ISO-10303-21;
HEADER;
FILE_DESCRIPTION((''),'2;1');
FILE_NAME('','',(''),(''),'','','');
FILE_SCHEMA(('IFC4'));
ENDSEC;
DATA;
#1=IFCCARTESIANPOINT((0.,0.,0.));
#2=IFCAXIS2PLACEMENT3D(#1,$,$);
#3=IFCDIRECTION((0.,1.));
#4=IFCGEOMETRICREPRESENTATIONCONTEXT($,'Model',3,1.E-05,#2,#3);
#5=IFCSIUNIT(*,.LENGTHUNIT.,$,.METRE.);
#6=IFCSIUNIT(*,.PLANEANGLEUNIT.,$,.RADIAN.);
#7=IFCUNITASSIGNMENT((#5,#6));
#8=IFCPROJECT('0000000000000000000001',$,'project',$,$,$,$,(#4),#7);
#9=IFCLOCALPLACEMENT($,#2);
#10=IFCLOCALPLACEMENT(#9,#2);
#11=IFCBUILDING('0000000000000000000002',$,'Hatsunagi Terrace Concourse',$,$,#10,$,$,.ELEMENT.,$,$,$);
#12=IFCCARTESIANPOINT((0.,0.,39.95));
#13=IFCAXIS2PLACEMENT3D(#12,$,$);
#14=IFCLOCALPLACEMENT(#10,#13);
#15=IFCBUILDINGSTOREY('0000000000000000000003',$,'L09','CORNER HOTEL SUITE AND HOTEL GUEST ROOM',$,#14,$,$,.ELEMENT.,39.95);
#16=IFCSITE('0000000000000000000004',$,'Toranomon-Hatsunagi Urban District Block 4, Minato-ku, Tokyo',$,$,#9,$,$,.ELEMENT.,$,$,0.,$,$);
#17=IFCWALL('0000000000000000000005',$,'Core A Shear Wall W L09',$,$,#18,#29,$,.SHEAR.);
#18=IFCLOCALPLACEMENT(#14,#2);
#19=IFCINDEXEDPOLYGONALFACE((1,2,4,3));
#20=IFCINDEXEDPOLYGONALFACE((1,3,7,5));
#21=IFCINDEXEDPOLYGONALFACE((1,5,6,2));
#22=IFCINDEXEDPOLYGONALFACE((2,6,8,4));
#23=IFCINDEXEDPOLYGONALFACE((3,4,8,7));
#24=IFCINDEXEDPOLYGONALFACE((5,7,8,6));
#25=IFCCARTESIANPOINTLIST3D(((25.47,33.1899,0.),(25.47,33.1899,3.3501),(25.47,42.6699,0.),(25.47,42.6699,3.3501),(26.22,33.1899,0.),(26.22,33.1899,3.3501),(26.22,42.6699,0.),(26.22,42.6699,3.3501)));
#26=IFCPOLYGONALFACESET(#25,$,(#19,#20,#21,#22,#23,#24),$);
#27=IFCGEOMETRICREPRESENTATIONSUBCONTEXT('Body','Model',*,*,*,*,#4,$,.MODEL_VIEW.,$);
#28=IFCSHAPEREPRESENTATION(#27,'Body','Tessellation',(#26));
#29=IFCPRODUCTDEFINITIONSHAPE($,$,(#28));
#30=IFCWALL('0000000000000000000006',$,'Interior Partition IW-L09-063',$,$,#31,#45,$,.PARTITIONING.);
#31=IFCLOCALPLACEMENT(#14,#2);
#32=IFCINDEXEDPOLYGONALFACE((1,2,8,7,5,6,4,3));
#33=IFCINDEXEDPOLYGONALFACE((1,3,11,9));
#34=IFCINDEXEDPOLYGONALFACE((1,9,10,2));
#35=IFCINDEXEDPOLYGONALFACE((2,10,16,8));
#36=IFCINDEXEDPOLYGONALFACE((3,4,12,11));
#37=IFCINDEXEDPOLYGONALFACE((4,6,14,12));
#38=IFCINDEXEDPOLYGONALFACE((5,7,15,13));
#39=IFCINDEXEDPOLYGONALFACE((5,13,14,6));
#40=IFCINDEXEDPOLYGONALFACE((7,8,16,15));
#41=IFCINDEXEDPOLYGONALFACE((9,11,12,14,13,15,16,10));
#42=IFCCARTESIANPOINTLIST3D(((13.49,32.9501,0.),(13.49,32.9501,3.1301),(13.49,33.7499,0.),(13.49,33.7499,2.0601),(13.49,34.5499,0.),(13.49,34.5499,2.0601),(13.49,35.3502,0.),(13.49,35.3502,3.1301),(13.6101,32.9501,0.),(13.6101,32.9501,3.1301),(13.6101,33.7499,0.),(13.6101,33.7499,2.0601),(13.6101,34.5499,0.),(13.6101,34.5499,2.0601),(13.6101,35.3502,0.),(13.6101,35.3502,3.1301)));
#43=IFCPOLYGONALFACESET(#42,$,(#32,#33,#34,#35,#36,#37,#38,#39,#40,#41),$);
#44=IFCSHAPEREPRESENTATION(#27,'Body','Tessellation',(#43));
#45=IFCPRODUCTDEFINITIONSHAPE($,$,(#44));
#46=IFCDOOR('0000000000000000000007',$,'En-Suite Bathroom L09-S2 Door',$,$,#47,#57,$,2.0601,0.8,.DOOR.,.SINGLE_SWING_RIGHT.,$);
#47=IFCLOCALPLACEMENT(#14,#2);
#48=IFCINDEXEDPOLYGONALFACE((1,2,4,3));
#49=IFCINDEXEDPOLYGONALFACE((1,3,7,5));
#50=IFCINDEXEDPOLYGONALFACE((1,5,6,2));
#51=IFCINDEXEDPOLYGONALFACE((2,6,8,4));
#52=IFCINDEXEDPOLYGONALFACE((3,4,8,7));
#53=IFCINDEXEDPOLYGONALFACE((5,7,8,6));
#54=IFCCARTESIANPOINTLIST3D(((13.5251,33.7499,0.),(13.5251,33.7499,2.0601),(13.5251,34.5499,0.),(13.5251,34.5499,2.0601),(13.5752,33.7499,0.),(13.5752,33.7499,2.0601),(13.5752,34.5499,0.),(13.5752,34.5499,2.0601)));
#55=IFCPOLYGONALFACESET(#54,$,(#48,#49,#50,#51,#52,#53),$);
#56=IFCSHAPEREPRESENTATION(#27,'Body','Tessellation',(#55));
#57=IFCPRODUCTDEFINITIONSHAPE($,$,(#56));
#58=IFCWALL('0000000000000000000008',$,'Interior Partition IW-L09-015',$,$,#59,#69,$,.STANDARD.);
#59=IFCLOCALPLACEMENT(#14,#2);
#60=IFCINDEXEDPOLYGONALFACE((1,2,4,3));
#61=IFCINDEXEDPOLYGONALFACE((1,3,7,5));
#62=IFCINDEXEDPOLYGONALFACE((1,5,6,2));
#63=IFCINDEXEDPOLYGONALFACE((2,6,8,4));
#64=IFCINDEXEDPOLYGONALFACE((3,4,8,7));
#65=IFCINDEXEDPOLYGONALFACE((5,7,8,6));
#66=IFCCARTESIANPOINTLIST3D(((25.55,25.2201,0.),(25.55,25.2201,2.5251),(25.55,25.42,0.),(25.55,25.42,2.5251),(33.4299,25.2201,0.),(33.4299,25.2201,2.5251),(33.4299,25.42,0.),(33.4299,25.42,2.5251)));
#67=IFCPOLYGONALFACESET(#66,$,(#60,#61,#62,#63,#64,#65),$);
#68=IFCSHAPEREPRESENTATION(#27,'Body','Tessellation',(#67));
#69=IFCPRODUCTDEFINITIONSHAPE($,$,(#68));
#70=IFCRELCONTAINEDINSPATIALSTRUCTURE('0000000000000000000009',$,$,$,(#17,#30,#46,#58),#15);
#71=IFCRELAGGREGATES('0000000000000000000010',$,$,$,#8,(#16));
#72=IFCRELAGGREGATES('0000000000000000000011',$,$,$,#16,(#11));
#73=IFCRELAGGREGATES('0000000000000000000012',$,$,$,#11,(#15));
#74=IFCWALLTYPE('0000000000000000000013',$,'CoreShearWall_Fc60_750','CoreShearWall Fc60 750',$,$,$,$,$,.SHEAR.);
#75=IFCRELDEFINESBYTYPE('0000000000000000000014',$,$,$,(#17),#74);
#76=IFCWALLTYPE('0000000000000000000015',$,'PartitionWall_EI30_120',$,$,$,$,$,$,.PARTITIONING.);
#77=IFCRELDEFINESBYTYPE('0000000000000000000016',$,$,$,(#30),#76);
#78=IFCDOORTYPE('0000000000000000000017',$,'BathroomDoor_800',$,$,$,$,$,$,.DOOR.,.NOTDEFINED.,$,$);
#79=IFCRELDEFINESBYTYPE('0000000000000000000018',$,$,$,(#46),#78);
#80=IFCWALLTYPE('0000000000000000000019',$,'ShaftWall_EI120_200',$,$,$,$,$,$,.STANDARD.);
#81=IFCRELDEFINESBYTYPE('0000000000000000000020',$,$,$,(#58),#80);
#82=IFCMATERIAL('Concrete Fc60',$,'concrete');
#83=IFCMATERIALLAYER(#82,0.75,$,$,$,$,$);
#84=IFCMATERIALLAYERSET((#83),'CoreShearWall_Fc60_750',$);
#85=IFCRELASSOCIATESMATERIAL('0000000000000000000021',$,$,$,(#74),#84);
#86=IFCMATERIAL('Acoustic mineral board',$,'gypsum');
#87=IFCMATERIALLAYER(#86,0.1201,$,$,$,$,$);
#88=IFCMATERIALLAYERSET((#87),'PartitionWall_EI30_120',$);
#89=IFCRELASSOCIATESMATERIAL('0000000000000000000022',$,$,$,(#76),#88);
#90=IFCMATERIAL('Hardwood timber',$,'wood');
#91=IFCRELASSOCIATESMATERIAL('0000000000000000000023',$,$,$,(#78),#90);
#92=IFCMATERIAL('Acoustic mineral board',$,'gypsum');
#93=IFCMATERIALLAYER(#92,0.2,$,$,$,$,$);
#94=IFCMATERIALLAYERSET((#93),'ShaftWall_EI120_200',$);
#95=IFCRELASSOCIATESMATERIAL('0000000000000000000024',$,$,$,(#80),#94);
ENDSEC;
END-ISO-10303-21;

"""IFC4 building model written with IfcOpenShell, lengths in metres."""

from ifc_helpers import new_model, si_unit, direction, frame, frame_2d, origin, place, context, subcontext, project, spatial, rectangle, extrude, material, layer, layer_set, type_object, element, fill, save


model = new_model("IFC4")

# Units and contexts
model_context = context("Model", 3, precision=1e-05, world=origin(), true_north=direction((0.0, 1.0)))
body_context = subcontext(model_context, "Body", "Model", "MODEL_VIEW")
ifc_project = project(units=[si_unit("LENGTHUNIT", "METRE"), si_unit("PLANEANGLEUNIT", "RADIAN")], contexts=[model_context])

# Site, building, storey
site_placement = place(None, origin())
site = spatial("IfcSite", under=ifc_project, at=site_placement, Name="Toranomon-Hatsunagi Urban District Block 4, Minato-ku, Tokyo", CompositionType="ELEMENT", RefElevation=0.0)
building_placement = place(site_placement, origin())
building = spatial("IfcBuilding", under=site, at=building_placement, Name="Hatsunagi Terrace Concourse", CompositionType="ELEMENT")
storey_placement = place(building_placement, frame((0.0, 0.0, 39.95)))
storey = spatial("IfcBuildingStorey", under=building, at=storey_placement, Name="L09", Description="CORNER HOTEL SUITE AND HOTEL GUEST ROOM", CompositionType="ELEMENT", Elevation=39.95)

# Shared definitions
ifc_material_1 = material(Name="Concrete Fc60", Category="concrete")
ifc_layer_1 = layer(ifc_material_1, 0.75)
ifc_layer_set_1 = layer_set([ifc_layer_1], Name="CoreShearWall_Fc60_750")
wall_type_1 = type_object("IfcWallType", Name="CoreShearWall_Fc60_750", Description="CoreShearWall Fc60 750", PredefinedType="SHEAR", material=ifc_layer_set_1)

# Wall
wall_1_placement = place(storey_placement, frame((25.845, 33.1899, 0.0), z_axis=(0.0, 0.0, 1.0), x_axis=(0.0, 1.0, 0.0)))
element("IfcWall", 1, at=wall_1_placement, inside=storey, type_object=wall_type_1, Name="Core A Shear Wall W L09", PredefinedType="SHEAR", context=body_context, shape_type="SweptSolid", body=[
    extrude(rectangle(XDim=9.48, YDim=0.75, at=frame_2d((4.74, 0.0))), origin(), (0.0, 0.0, 1.0), 3.3501),
])

# Wall, opening, door
ifc_material_2 = material(Name="Acoustic mineral board", Category="gypsum")
ifc_layer_2 = layer(ifc_material_2, 0.1201)
ifc_layer_set_2 = layer_set([ifc_layer_2], Name="PartitionWall_EI30_120")
wall_type_2 = type_object("IfcWallType", Name="PartitionWall_EI30_120", PredefinedType="PARTITIONING", material=ifc_layer_set_2)
wall_2_placement = place(storey_placement, frame((13.55, 32.95, 0.0), z_axis=(0.0, 0.0, 1.0), x_axis=(0.0, 1.0, 0.0)))
wall_2 = element("IfcWall", 2, at=wall_2_placement, inside=storey, type_object=wall_type_2, Name="Interior Partition IW-L09-063", PredefinedType="PARTITIONING", context=body_context, shape_type="SweptSolid", body=[
    extrude(rectangle(XDim=2.4001, YDim=0.1201, at=frame_2d((1.2002, 0.0))), origin(), (0.0, 0.0, 1.0), 3.1301),
])
opening_1_placement = place(wall_2_placement, frame((0.8, 0.0, 0.0)))
opening_1 = element("IfcOpeningElement", 3, at=opening_1_placement, cuts=wall_2, PredefinedType="OPENING", context=body_context, shape_type="SweptSolid", body=[
    extrude(rectangle(XDim=0.8, YDim=2.0601, at=frame_2d((0.3999, 1.03))), frame((0.0, 0.0701, 0.0), z_axis=(0.0, -1.0, 0.0), x_axis=(1.0, 0.0, 0.0)), (0.0, 0.0, 1.0), 0.1401),
])
ifc_material_3 = material(Name="Hardwood timber", Category="wood")
door_type_1 = type_object("IfcDoorType", Name="BathroomDoor_800", OperationType="NOTDEFINED", PredefinedType="DOOR", material=ifc_material_3)
door_1_placement = place(opening_1_placement, origin())
door_1 = element("IfcDoor", 4, at=door_1_placement, inside=storey, type_object=door_type_1, Name="En-Suite Bathroom L09-S2 Door", OperationType="SINGLE_SWING_RIGHT", OverallHeight=2.0601, OverallWidth=0.8, PredefinedType="DOOR", context=body_context, shape_type="SweptSolid", body=[
    extrude(rectangle(XDim=0.8, YDim=2.0601, at=frame_2d((0.3999, 1.03))), frame((0.0, 0.0249, 0.0), z_axis=(0.0, -1.0, 0.0), x_axis=(1.0, 0.0, 0.0)), (0.0, 0.0, 1.0), 0.05),
])
fill(opening_1, door_1)

# Wall
ifc_material_4 = material(Name="Acoustic mineral board", Category="gypsum")
ifc_layer_3 = layer(ifc_material_4, 0.2)
ifc_layer_set_3 = layer_set([ifc_layer_3], Name="ShaftWall_EI120_200")
wall_type_3 = type_object("IfcWallType", Name="ShaftWall_EI120_200", PredefinedType="STANDARD", material=ifc_layer_set_3)
wall_3_placement = place(storey_placement, frame((25.55, 25.3201, 0.0), z_axis=(0.0, 0.0, 1.0), x_axis=(1.0, 0.0, 0.0)))
element("IfcWall", 5, at=wall_3_placement, inside=storey, type_object=wall_type_3, Name="Interior Partition IW-L09-015", PredefinedType="STANDARD", context=body_context, shape_type="SweptSolid", body=[
    extrude(rectangle(XDim=7.8799, YDim=0.2, at=frame_2d((3.9399, 0.0))), origin(), (0.0, 0.0, 1.0), 2.5251),
])

save(model, "model.ifc")
